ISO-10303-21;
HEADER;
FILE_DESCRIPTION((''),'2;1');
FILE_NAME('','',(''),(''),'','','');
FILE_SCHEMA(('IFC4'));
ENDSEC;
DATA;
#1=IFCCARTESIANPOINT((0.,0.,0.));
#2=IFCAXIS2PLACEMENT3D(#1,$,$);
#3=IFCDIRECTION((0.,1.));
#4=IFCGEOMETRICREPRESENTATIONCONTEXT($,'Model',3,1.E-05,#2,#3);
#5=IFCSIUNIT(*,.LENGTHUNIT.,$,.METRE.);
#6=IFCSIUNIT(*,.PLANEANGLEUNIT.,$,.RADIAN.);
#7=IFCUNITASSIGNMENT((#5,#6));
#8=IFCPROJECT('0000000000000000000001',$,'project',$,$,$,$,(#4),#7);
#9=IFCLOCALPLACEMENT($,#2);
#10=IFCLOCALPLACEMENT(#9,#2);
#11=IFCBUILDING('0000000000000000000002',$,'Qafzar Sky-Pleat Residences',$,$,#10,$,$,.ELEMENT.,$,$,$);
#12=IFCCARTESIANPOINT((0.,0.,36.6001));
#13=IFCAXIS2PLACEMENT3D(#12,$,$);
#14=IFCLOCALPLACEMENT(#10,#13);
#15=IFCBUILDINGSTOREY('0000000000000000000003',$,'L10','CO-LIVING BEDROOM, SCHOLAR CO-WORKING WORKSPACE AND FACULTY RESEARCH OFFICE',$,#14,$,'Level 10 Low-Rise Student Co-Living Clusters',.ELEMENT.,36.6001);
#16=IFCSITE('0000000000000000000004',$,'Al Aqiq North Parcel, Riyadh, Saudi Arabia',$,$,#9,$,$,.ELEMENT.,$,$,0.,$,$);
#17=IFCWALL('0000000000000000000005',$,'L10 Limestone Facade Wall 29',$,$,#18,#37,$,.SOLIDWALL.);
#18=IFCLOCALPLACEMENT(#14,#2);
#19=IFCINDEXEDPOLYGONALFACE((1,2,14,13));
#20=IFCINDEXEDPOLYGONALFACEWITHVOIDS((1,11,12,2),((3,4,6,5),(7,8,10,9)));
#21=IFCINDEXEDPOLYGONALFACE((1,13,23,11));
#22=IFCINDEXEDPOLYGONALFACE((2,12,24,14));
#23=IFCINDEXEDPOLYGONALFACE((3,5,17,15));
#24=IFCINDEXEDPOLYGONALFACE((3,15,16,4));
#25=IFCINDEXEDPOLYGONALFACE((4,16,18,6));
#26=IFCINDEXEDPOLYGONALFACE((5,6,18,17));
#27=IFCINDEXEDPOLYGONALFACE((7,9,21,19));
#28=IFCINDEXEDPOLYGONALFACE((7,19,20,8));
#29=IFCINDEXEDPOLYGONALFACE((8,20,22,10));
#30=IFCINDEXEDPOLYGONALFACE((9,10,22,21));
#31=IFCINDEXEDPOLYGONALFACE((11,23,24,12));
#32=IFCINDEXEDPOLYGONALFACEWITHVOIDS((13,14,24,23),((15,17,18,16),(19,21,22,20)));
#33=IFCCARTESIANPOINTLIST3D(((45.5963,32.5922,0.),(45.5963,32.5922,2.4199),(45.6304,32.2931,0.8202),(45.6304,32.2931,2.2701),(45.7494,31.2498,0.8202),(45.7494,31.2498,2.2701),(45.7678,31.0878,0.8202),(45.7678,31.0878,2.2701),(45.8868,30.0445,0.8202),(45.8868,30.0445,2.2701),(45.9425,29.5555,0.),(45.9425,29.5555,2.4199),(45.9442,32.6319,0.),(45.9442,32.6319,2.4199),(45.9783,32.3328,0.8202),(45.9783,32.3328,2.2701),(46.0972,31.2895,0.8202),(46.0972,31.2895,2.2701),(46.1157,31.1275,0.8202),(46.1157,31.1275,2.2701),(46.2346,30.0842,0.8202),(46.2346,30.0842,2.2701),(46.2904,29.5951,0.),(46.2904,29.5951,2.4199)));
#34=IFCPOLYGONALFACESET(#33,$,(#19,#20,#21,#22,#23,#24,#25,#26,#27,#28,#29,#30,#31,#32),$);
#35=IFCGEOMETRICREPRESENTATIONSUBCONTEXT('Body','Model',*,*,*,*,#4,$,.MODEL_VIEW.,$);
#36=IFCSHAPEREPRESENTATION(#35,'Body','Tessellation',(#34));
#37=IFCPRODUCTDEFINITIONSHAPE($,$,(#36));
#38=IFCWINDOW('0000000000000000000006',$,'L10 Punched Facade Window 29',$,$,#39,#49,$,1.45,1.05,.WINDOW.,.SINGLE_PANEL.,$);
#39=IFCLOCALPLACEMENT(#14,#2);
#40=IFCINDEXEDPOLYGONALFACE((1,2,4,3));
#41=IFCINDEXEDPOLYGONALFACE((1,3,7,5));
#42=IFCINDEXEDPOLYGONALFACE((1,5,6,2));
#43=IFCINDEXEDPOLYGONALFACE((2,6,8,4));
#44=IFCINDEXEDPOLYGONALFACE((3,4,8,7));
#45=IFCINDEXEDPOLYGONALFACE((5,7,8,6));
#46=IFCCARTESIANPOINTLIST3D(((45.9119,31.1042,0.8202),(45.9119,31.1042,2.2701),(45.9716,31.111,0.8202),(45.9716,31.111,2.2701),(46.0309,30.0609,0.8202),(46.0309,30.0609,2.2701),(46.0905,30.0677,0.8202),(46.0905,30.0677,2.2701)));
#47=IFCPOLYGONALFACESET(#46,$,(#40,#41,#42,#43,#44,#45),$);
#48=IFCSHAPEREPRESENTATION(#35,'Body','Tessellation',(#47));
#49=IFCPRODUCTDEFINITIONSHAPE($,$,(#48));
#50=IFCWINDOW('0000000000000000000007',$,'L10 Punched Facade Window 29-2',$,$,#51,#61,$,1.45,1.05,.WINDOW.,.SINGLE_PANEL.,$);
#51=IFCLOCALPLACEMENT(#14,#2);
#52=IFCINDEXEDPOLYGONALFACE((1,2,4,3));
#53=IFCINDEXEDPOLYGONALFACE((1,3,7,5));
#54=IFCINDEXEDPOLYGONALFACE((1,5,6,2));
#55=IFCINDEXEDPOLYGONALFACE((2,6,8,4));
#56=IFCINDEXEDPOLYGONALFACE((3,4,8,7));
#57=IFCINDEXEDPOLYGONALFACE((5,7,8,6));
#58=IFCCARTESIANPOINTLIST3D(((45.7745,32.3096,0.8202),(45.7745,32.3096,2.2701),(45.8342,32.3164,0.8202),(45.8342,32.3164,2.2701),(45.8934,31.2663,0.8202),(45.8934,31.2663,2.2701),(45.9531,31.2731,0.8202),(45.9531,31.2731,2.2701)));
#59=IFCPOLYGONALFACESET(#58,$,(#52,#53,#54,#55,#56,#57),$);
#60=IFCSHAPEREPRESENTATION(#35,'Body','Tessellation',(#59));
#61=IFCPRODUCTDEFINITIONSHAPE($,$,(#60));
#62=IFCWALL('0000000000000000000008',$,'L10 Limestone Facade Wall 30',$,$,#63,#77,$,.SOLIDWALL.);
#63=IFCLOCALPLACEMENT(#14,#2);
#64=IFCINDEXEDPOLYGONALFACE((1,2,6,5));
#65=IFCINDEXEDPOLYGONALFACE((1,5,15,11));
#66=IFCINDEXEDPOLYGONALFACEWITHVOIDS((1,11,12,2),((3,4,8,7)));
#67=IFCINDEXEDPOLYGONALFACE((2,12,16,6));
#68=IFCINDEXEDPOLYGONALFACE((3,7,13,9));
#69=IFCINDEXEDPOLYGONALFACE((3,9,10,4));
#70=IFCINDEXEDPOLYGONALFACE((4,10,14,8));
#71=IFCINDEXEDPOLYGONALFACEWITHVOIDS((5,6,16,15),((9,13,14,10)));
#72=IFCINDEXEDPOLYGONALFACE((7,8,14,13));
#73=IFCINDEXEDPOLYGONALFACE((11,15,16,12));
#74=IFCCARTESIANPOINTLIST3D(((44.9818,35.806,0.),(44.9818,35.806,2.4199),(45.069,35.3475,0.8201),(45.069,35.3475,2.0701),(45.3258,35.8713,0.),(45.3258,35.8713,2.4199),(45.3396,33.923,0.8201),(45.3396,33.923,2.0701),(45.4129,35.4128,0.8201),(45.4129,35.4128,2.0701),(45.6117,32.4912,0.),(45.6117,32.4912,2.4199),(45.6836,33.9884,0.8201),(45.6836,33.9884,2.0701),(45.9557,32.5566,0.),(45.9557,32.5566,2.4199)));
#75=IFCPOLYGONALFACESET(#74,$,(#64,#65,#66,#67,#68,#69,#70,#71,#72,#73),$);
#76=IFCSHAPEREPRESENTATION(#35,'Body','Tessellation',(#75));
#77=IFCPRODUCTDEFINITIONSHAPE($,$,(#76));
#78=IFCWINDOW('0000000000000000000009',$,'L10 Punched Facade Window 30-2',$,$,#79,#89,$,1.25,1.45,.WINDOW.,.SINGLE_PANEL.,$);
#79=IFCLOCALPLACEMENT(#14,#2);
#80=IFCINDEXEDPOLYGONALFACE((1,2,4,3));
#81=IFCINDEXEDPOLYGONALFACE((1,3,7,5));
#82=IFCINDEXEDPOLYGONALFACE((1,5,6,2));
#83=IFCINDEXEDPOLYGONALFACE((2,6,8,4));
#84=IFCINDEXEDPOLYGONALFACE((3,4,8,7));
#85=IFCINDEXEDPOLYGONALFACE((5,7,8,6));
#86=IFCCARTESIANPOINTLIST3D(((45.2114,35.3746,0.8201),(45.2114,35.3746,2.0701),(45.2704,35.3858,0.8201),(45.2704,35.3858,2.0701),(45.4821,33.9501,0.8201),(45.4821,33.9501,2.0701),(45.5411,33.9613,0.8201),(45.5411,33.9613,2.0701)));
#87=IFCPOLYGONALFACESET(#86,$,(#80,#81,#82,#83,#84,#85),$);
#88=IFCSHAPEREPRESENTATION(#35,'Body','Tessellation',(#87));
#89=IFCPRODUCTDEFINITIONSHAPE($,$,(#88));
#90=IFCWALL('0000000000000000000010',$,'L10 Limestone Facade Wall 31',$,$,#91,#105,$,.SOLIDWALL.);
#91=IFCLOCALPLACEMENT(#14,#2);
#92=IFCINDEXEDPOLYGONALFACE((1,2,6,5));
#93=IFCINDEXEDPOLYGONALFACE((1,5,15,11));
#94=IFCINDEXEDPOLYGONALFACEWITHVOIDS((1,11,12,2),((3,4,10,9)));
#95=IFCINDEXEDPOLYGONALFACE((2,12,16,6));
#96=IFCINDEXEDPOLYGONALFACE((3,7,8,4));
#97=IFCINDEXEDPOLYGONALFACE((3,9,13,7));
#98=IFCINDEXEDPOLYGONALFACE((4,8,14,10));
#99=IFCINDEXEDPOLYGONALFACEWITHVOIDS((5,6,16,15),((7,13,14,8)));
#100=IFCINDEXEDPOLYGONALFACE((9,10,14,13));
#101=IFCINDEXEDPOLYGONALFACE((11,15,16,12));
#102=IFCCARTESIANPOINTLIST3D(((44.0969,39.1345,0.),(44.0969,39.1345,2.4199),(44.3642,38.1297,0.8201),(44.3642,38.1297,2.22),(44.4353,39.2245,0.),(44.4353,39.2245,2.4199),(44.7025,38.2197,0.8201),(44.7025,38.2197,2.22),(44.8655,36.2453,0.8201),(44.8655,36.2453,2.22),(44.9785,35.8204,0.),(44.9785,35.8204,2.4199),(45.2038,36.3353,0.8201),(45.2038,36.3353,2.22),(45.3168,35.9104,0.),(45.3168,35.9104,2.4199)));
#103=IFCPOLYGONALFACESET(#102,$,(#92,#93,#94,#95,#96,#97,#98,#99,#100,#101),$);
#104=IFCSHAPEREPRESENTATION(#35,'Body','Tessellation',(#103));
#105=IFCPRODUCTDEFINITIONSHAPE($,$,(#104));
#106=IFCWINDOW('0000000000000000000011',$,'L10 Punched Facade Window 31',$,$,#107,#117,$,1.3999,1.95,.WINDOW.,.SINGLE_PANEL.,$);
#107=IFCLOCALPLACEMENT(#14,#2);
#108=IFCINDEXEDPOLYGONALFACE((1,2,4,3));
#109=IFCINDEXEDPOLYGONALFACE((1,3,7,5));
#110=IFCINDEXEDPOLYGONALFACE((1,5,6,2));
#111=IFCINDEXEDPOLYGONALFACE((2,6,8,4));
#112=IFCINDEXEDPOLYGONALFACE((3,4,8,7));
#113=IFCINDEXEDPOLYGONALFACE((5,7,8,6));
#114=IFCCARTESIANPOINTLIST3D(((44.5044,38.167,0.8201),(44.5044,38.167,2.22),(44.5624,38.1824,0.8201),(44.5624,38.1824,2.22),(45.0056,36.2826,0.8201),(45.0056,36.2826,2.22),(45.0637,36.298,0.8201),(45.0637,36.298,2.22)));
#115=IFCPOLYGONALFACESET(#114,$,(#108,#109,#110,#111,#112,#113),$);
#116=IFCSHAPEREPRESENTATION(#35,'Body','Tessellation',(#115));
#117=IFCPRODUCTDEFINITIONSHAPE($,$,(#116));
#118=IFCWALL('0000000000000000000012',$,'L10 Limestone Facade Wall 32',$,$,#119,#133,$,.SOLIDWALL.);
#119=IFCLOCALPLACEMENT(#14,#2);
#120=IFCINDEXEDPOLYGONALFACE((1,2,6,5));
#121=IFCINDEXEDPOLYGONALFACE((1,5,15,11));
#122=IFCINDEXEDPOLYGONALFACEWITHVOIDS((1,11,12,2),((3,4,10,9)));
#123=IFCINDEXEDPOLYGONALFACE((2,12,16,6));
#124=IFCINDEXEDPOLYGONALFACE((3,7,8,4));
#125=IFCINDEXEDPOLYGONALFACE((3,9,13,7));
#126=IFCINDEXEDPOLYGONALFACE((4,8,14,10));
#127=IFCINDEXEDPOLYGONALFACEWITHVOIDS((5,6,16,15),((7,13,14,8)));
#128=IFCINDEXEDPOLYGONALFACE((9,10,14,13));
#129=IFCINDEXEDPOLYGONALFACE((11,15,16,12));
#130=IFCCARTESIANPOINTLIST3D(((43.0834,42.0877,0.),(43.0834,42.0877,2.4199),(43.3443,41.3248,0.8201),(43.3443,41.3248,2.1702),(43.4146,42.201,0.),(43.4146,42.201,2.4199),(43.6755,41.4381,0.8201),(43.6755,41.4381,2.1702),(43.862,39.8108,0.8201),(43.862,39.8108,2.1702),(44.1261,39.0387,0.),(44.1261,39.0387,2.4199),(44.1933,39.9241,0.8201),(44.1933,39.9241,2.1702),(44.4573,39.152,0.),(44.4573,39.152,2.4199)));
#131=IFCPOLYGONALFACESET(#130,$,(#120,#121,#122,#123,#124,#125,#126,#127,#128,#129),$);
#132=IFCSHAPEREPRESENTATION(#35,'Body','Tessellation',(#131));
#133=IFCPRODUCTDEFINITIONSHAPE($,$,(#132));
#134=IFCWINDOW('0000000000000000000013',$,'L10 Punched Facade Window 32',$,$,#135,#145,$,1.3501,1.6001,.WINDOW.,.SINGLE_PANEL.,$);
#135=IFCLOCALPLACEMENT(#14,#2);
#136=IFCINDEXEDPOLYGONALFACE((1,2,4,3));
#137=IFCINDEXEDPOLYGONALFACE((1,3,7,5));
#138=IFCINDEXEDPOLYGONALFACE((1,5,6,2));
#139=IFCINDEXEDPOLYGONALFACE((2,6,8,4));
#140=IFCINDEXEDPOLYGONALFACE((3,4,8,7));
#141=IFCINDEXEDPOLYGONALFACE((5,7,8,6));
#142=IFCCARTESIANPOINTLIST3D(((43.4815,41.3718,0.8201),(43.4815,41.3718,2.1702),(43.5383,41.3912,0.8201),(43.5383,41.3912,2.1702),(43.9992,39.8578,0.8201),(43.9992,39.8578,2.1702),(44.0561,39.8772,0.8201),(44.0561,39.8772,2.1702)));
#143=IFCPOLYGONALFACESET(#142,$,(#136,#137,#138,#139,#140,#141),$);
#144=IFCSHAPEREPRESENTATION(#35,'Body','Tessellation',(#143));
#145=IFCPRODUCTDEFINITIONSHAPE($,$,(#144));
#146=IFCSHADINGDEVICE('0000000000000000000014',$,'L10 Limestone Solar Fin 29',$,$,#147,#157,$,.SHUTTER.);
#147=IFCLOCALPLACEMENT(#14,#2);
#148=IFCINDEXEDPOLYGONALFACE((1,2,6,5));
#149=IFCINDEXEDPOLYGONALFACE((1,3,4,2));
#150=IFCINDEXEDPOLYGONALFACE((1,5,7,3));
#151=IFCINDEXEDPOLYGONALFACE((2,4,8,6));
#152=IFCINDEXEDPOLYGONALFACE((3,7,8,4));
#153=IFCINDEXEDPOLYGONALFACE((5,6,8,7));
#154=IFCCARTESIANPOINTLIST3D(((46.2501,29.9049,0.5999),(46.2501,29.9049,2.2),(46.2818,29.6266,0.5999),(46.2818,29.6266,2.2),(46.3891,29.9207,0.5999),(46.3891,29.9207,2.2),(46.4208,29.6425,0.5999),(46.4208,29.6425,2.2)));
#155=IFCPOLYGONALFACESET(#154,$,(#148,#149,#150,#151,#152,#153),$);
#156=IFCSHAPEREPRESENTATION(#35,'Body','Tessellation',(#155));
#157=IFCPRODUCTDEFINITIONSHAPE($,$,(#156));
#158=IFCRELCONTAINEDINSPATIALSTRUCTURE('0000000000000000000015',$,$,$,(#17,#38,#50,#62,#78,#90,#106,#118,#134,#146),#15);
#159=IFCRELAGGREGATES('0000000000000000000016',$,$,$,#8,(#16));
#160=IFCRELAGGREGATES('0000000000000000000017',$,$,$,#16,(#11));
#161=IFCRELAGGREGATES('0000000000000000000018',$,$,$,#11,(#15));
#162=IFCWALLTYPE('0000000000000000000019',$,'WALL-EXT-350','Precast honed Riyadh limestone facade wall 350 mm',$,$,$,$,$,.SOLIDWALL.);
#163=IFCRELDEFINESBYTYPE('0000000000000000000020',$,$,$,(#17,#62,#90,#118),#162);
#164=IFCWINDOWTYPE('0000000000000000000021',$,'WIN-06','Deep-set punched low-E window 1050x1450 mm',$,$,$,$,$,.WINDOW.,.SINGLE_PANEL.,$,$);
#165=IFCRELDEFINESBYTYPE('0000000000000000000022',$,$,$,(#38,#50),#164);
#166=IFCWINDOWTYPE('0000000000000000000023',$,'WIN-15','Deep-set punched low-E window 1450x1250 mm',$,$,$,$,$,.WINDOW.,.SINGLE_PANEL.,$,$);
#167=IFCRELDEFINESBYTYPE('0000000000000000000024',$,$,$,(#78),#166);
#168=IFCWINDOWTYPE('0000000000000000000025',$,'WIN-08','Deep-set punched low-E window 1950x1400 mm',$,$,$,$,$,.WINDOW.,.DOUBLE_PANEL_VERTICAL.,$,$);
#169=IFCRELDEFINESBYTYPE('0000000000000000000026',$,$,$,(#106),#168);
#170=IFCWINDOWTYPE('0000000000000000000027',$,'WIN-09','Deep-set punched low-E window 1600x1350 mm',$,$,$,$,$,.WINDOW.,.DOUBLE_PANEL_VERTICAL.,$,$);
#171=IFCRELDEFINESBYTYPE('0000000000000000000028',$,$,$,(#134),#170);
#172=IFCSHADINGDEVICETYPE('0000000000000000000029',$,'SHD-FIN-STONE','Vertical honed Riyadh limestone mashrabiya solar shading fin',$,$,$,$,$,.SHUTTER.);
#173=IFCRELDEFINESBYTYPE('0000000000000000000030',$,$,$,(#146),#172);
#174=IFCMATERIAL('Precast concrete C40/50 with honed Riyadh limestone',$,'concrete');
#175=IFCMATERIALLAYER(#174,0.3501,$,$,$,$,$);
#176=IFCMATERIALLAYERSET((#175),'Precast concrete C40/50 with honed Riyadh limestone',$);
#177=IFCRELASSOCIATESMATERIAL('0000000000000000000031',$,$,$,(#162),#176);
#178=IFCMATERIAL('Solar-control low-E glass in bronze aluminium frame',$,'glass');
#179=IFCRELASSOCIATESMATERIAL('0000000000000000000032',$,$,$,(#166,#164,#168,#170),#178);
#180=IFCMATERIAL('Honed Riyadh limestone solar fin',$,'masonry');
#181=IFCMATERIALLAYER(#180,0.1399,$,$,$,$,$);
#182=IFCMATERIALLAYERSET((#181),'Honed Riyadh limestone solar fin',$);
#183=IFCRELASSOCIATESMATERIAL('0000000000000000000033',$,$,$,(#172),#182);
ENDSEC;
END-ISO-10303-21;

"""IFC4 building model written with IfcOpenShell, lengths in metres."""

from ifc_helpers import new_model, si_unit, direction, frame, frame_2d, origin, origin_2d, place, context, subcontext, project, spatial, rectangle, extrude, source, transform, mapped, material, layer, layer_set, type_object, element, fill, save


model = new_model("IFC4")

# Units and contexts
model_context = context("Model", 3, precision=1e-05, world=origin(), true_north=direction((0.0, 1.0)))
body_context = subcontext(model_context, "Body", "Model", "MODEL_VIEW")
ifc_project = project(units=[si_unit("LENGTHUNIT", "METRE"), si_unit("PLANEANGLEUNIT", "RADIAN")], contexts=[model_context])

# Site, building, storey
site_placement = place(None, origin())
site = spatial("IfcSite", under=ifc_project, at=site_placement, Name="Al Aqiq North Parcel, Riyadh, Saudi Arabia", CompositionType="ELEMENT", RefElevation=0.0)
building_placement = place(site_placement, origin())
building = spatial("IfcBuilding", under=site, at=building_placement, Name="Qafzar Sky-Pleat Residences", CompositionType="ELEMENT")
storey_placement = place(building_placement, frame((0.0, 0.0, 36.6001)))
storey = spatial("IfcBuildingStorey", under=building, at=storey_placement, Name="L10", Description="CO-LIVING BEDROOM, SCHOLAR CO-WORKING WORKSPACE AND FACULTY RESEARCH OFFICE", LongName="Level 10 Low-Rise Student Co-Living Clusters", CompositionType="ELEMENT", Elevation=36.6001)

# Shared definitions
ifc_material_1 = material(Name="Precast concrete C40/50 with honed Riyadh limestone", Category="concrete")

# Shared definitions
ifc_layer_1 = layer(ifc_material_1, 0.3501)
ifc_layer_set_1 = layer_set([ifc_layer_1], Name="Precast concrete C40/50 with honed Riyadh limestone")
wall_type_1 = type_object("IfcWallType", Name="WALL-EXT-350", Description="Precast honed Riyadh limestone facade wall 350 mm", PredefinedType="SOLIDWALL", material=ifc_layer_set_1)
ifc_material_2 = material(Name="Solar-control low-E glass in bronze aluminium frame", Category="glass")
window_type_1 = type_object("IfcWindowType", Name="WIN-15", Description="Deep-set punched low-E window 1450x1250 mm", PartitioningType="SINGLE_PANEL", PredefinedType="WINDOW", material=ifc_material_2)
shared_shape_1 = source(origin(), body_context, "Body", "SweptSolid", [
    extrude(rectangle(XDim=1.45, YDim=1.25, at=frame_2d((0.7251, 0.625))), frame((0.0, 0.03, 0.0), z_axis=(0.0, -1.0, 0.0), x_axis=(1.0, 0.0, 0.0)), (0.0, 0.0, 1.0), 0.0601),
])

# Wall, openings, windows
wall_1_placement = place(storey_placement, frame((46.1165, 29.5752, 0.0), z_axis=(0.0, 0.0, 1.0), x_axis=(-0.113272, 0.993564, 0.0)))
wall_1 = element("IfcWall", 1, at=wall_1_placement, inside=storey, type_object=wall_type_1, Name="L10 Limestone Facade Wall 29", PredefinedType="SOLIDWALL", context=body_context, shape_type="SweptSolid", body=[
    extrude(rectangle(XDim=3.0564, YDim=0.3501, at=frame_2d((1.5283, 0.0))), origin(), (0.0, 0.0, 1.0), 2.4199),
])
opening_1_placement = place(wall_1_placement, frame((0.4924, 0.0, 0.8201)))
opening_1 = element("IfcOpeningElement", 2, at=opening_1_placement, cuts=wall_1, PredefinedType="OPENING", context=body_context, shape_type="SweptSolid", body=[
    extrude(rectangle(XDim=1.05, YDim=1.45, at=frame_2d((0.5249, 0.7251))), frame((0.0, 0.1851, 0.0), z_axis=(0.0, -1.0, 0.0), x_axis=(1.0, 0.0, 0.0)), (0.0, 0.0, 1.0), 0.3701),
])
opening_2_placement = place(wall_1_placement, frame((1.7056, 0.0, 0.8201)))
opening_2 = element("IfcOpeningElement", 3, at=opening_2_placement, cuts=wall_1, PredefinedType="OPENING", context=body_context, shape_type="SweptSolid", body=[
    extrude(rectangle(XDim=1.05, YDim=1.45, at=frame_2d((0.5249, 0.7251))), frame((0.0, 0.1851, 0.0), z_axis=(0.0, -1.0, 0.0), x_axis=(1.0, 0.0, 0.0)), (0.0, 0.0, 1.0), 0.3701),
])
window_type_2 = type_object("IfcWindowType", Name="WIN-06", Description="Deep-set punched low-E window 1050x1450 mm", PartitioningType="SINGLE_PANEL", PredefinedType="WINDOW", material=ifc_material_2)
shared_shape_2 = source(origin(), body_context, "Body", "SweptSolid", [
    extrude(rectangle(XDim=1.05, YDim=1.45, at=frame_2d((0.5249, 0.7251))), frame((0.0, 0.03, 0.0), z_axis=(0.0, -1.0, 0.0), x_axis=(1.0, 0.0, 0.0)), (0.0, 0.0, 1.0), 0.0601),
])
window_1_placement = place(opening_1_placement, origin())
window_1 = element("IfcWindow", 4, at=window_1_placement, inside=storey, type_object=window_type_2, Name="L10 Punched Facade Window 29", OverallHeight=1.45, OverallWidth=1.05, PartitioningType="SINGLE_PANEL", PredefinedType="WINDOW", context=body_context, shape_type="MappedRepresentation", body=[
    mapped(shared_shape_2, transform((0.0, 0.0, 0.0), x_axis=(1.0, 0.0, 0.0), y_axis=(0.0, 1.0, 0.0), z_axis=(0.0, 0.0, 1.0), scale=1.0)),
])
fill(opening_1, window_1)
window_2_placement = place(opening_2_placement, origin())
window_2 = element("IfcWindow", 5, at=window_2_placement, inside=storey, type_object=window_type_2, Name="L10 Punched Facade Window 29-2", OverallHeight=1.45, OverallWidth=1.05, PartitioningType="SINGLE_PANEL", PredefinedType="WINDOW", context=body_context, shape_type="MappedRepresentation", body=[
    mapped(shared_shape_2, transform((0.0, 0.0, 0.0), x_axis=(1.0, 0.0, 0.0), y_axis=(0.0, 1.0, 0.0), z_axis=(0.0, 0.0, 1.0), scale=1.0)),
])
fill(opening_2, window_2)

# Walls, openings, windows
wall_2_placement = place(storey_placement, frame((45.7837, 32.5239, 0.0), z_axis=(0.0, 0.0, 1.0), x_axis=(-0.186686, 0.98242, 0.0)))
wall_2 = element("IfcWall", 6, at=wall_2_placement, inside=storey, type_object=wall_type_1, Name="L10 Limestone Facade Wall 30", PredefinedType="SOLIDWALL", context=body_context, shape_type="SweptSolid", body=[
    extrude(rectangle(XDim=3.374, YDim=0.3501, at=frame_2d((1.687, 0.0))), origin(), (0.0, 0.0, 1.0), 2.4199),
])
opening_3_placement = place(wall_2_placement, frame((1.4573, 0.0, 0.8201)))
opening_3 = element("IfcOpeningElement", 7, at=opening_3_placement, cuts=wall_2, PredefinedType="OPENING", context=body_context, shape_type="SweptSolid", body=[
    extrude(rectangle(XDim=1.45, YDim=1.25, at=frame_2d((0.7251, 0.625))), frame((0.0, 0.1851, 0.0), z_axis=(0.0, -1.0, 0.0), x_axis=(1.0, 0.0, 0.0)), (0.0, 0.0, 1.0), 0.3701),
])
window_3_placement = place(opening_3_placement, origin())
window_3 = element("IfcWindow", 8, at=window_3_placement, inside=storey, type_object=window_type_1, Name="L10 Punched Facade Window 30-2", OverallHeight=1.25, OverallWidth=1.45, PartitioningType="SINGLE_PANEL", PredefinedType="WINDOW", context=body_context, shape_type="MappedRepresentation", body=[
    mapped(shared_shape_1, transform((0.0, 0.0, 0.0), x_axis=(1.0, 0.0, 0.0), y_axis=(0.0, 1.0, 0.0), z_axis=(0.0, 0.0, 1.0), scale=1.0)),
])
fill(opening_3, window_3)
wall_3_placement = place(storey_placement, frame((45.1477, 35.8652, 0.0), z_axis=(0.0, 0.0, 1.0), x_axis=(-0.257064, 0.966394, 0.0)))
wall_3 = element("IfcWall", 9, at=wall_3_placement, inside=storey, type_object=wall_type_1, Name="L10 Limestone Facade Wall 31", PredefinedType="SOLIDWALL", context=body_context, shape_type="SweptSolid", body=[
    extrude(rectangle(XDim=3.4294, YDim=0.3501, at=frame_2d((1.7148, 0.0))), origin(), (0.0, 0.0, 1.0), 2.4199),
])
opening_4_placement = place(wall_3_placement, frame((0.4397, 0.0, 0.8201)))
opening_4 = element("IfcOpeningElement", 10, at=opening_4_placement, cuts=wall_3, PredefinedType="OPENING", context=body_context, shape_type="SweptSolid", body=[
    extrude(rectangle(XDim=1.95, YDim=1.3999, at=frame_2d((0.9751, 0.7))), frame((0.0, 0.1851, 0.0), z_axis=(0.0, -1.0, 0.0), x_axis=(1.0, 0.0, 0.0)), (0.0, 0.0, 1.0), 0.3701),
])
window_type_3 = type_object("IfcWindowType", Name="WIN-08", Description="Deep-set punched low-E window 1950x1400 mm", PartitioningType="DOUBLE_PANEL_VERTICAL", PredefinedType="WINDOW", material=ifc_material_2)
shared_shape_3 = source(origin(), body_context, "Body", "SweptSolid", [
    extrude(rectangle(XDim=1.95, YDim=1.3999, at=frame_2d((0.9751, 0.7))), frame((0.0, 0.03, 0.0), z_axis=(0.0, -1.0, 0.0), x_axis=(1.0, 0.0, 0.0)), (0.0, 0.0, 1.0), 0.0601),
])
window_4_placement = place(opening_4_placement, origin())
window_4 = element("IfcWindow", 11, at=window_4_placement, inside=storey, type_object=window_type_3, Name="L10 Punched Facade Window 31", OverallHeight=1.3999, OverallWidth=1.95, PartitioningType="SINGLE_PANEL", PredefinedType="WINDOW", context=body_context, shape_type="MappedRepresentation", body=[
    mapped(shared_shape_3, transform((0.0, 0.0, 0.0), x_axis=(1.0, 0.0, 0.0), y_axis=(0.0, 1.0, 0.0), z_axis=(0.0, 0.0, 1.0), scale=1.0)),
])
fill(opening_4, window_4)
wall_4_placement = place(storey_placement, frame((44.2917, 39.0952, 0.0), z_axis=(0.0, 0.0, 1.0), x_axis=(-0.323582, 0.9462, 0.0)))
wall_4 = element("IfcWall", 12, at=wall_4_placement, inside=storey, type_object=wall_type_1, Name="L10 Limestone Facade Wall 32", PredefinedType="SOLIDWALL", context=body_context, shape_type="SweptSolid", body=[
    extrude(rectangle(XDim=3.2224, YDim=0.3501, at=frame_2d((1.6113, 0.0))), origin(), (0.0, 0.0, 1.0), 2.4199),
])
opening_5_placement = place(wall_4_placement, frame((0.8162, 0.0, 0.8201)))
opening_5 = element("IfcOpeningElement", 13, at=opening_5_placement, cuts=wall_4, PredefinedType="OPENING", context=body_context, shape_type="SweptSolid", body=[
    extrude(rectangle(XDim=1.6001, YDim=1.3501, at=frame_2d((0.8, 0.675))), frame((0.0, 0.1851, 0.0), z_axis=(0.0, -1.0, 0.0), x_axis=(1.0, 0.0, 0.0)), (0.0, 0.0, 1.0), 0.3701),
])
window_type_4 = type_object("IfcWindowType", Name="WIN-09", Description="Deep-set punched low-E window 1600x1350 mm", PartitioningType="DOUBLE_PANEL_VERTICAL", PredefinedType="WINDOW", material=ifc_material_2)
shared_shape_4 = source(origin(), body_context, "Body", "SweptSolid", [
    extrude(rectangle(XDim=1.6001, YDim=1.3501, at=frame_2d((0.8, 0.675))), frame((0.0, 0.03, 0.0), z_axis=(0.0, -1.0, 0.0), x_axis=(1.0, 0.0, 0.0)), (0.0, 0.0, 1.0), 0.0601),
])
window_5_placement = place(opening_5_placement, origin())
window_5 = element("IfcWindow", 14, at=window_5_placement, inside=storey, type_object=window_type_4, Name="L10 Punched Facade Window 32", OverallHeight=1.3501, OverallWidth=1.6001, PartitioningType="SINGLE_PANEL", PredefinedType="WINDOW", context=body_context, shape_type="MappedRepresentation", body=[
    mapped(shared_shape_4, transform((0.0, 0.0, 0.0), x_axis=(1.0, 0.0, 0.0), y_axis=(0.0, 1.0, 0.0), z_axis=(0.0, 0.0, 1.0), scale=1.0)),
])
fill(opening_5, window_5)

# Shading device
ifc_material_3 = material(Name="Honed Riyadh limestone solar fin", Category="masonry")
ifc_layer_2 = layer(ifc_material_3, 0.1399)
ifc_layer_set_2 = layer_set([ifc_layer_2], Name="Honed Riyadh limestone solar fin")
shading_device_type = type_object("IfcShadingDeviceType", Name="SHD-FIN-STONE", Description="Vertical honed Riyadh limestone mashrabiya solar shading fin", PredefinedType="SHUTTER", material=ifc_layer_set_2)
shared_shape_5 = source(origin(), body_context, "Body", "SweptSolid", [
    extrude(rectangle(XDim=0.1399, YDim=0.28, at=origin_2d()), origin(), (0.0, 0.0, 1.0), 1.6001),
])
shading_device_placement = place(storey_placement, frame((46.3354, 29.7737, 0.5999), z_axis=(0.0, 0.0, 1.0), x_axis=(0.993566, 0.113253, 0.0)))
element("IfcShadingDevice", 15, at=shading_device_placement, inside=storey, type_object=shading_device_type, Name="L10 Limestone Solar Fin 29", PredefinedType="SHUTTER", context=body_context, shape_type="MappedRepresentation", body=[
    mapped(shared_shape_5, transform((0.0, 0.0, 0.0), x_axis=(1.0, 0.0, 0.0), y_axis=(0.0, 1.0, 0.0), z_axis=(0.0, 0.0, 1.0), scale=1.0)),
])

save(model, "model.ifc")
